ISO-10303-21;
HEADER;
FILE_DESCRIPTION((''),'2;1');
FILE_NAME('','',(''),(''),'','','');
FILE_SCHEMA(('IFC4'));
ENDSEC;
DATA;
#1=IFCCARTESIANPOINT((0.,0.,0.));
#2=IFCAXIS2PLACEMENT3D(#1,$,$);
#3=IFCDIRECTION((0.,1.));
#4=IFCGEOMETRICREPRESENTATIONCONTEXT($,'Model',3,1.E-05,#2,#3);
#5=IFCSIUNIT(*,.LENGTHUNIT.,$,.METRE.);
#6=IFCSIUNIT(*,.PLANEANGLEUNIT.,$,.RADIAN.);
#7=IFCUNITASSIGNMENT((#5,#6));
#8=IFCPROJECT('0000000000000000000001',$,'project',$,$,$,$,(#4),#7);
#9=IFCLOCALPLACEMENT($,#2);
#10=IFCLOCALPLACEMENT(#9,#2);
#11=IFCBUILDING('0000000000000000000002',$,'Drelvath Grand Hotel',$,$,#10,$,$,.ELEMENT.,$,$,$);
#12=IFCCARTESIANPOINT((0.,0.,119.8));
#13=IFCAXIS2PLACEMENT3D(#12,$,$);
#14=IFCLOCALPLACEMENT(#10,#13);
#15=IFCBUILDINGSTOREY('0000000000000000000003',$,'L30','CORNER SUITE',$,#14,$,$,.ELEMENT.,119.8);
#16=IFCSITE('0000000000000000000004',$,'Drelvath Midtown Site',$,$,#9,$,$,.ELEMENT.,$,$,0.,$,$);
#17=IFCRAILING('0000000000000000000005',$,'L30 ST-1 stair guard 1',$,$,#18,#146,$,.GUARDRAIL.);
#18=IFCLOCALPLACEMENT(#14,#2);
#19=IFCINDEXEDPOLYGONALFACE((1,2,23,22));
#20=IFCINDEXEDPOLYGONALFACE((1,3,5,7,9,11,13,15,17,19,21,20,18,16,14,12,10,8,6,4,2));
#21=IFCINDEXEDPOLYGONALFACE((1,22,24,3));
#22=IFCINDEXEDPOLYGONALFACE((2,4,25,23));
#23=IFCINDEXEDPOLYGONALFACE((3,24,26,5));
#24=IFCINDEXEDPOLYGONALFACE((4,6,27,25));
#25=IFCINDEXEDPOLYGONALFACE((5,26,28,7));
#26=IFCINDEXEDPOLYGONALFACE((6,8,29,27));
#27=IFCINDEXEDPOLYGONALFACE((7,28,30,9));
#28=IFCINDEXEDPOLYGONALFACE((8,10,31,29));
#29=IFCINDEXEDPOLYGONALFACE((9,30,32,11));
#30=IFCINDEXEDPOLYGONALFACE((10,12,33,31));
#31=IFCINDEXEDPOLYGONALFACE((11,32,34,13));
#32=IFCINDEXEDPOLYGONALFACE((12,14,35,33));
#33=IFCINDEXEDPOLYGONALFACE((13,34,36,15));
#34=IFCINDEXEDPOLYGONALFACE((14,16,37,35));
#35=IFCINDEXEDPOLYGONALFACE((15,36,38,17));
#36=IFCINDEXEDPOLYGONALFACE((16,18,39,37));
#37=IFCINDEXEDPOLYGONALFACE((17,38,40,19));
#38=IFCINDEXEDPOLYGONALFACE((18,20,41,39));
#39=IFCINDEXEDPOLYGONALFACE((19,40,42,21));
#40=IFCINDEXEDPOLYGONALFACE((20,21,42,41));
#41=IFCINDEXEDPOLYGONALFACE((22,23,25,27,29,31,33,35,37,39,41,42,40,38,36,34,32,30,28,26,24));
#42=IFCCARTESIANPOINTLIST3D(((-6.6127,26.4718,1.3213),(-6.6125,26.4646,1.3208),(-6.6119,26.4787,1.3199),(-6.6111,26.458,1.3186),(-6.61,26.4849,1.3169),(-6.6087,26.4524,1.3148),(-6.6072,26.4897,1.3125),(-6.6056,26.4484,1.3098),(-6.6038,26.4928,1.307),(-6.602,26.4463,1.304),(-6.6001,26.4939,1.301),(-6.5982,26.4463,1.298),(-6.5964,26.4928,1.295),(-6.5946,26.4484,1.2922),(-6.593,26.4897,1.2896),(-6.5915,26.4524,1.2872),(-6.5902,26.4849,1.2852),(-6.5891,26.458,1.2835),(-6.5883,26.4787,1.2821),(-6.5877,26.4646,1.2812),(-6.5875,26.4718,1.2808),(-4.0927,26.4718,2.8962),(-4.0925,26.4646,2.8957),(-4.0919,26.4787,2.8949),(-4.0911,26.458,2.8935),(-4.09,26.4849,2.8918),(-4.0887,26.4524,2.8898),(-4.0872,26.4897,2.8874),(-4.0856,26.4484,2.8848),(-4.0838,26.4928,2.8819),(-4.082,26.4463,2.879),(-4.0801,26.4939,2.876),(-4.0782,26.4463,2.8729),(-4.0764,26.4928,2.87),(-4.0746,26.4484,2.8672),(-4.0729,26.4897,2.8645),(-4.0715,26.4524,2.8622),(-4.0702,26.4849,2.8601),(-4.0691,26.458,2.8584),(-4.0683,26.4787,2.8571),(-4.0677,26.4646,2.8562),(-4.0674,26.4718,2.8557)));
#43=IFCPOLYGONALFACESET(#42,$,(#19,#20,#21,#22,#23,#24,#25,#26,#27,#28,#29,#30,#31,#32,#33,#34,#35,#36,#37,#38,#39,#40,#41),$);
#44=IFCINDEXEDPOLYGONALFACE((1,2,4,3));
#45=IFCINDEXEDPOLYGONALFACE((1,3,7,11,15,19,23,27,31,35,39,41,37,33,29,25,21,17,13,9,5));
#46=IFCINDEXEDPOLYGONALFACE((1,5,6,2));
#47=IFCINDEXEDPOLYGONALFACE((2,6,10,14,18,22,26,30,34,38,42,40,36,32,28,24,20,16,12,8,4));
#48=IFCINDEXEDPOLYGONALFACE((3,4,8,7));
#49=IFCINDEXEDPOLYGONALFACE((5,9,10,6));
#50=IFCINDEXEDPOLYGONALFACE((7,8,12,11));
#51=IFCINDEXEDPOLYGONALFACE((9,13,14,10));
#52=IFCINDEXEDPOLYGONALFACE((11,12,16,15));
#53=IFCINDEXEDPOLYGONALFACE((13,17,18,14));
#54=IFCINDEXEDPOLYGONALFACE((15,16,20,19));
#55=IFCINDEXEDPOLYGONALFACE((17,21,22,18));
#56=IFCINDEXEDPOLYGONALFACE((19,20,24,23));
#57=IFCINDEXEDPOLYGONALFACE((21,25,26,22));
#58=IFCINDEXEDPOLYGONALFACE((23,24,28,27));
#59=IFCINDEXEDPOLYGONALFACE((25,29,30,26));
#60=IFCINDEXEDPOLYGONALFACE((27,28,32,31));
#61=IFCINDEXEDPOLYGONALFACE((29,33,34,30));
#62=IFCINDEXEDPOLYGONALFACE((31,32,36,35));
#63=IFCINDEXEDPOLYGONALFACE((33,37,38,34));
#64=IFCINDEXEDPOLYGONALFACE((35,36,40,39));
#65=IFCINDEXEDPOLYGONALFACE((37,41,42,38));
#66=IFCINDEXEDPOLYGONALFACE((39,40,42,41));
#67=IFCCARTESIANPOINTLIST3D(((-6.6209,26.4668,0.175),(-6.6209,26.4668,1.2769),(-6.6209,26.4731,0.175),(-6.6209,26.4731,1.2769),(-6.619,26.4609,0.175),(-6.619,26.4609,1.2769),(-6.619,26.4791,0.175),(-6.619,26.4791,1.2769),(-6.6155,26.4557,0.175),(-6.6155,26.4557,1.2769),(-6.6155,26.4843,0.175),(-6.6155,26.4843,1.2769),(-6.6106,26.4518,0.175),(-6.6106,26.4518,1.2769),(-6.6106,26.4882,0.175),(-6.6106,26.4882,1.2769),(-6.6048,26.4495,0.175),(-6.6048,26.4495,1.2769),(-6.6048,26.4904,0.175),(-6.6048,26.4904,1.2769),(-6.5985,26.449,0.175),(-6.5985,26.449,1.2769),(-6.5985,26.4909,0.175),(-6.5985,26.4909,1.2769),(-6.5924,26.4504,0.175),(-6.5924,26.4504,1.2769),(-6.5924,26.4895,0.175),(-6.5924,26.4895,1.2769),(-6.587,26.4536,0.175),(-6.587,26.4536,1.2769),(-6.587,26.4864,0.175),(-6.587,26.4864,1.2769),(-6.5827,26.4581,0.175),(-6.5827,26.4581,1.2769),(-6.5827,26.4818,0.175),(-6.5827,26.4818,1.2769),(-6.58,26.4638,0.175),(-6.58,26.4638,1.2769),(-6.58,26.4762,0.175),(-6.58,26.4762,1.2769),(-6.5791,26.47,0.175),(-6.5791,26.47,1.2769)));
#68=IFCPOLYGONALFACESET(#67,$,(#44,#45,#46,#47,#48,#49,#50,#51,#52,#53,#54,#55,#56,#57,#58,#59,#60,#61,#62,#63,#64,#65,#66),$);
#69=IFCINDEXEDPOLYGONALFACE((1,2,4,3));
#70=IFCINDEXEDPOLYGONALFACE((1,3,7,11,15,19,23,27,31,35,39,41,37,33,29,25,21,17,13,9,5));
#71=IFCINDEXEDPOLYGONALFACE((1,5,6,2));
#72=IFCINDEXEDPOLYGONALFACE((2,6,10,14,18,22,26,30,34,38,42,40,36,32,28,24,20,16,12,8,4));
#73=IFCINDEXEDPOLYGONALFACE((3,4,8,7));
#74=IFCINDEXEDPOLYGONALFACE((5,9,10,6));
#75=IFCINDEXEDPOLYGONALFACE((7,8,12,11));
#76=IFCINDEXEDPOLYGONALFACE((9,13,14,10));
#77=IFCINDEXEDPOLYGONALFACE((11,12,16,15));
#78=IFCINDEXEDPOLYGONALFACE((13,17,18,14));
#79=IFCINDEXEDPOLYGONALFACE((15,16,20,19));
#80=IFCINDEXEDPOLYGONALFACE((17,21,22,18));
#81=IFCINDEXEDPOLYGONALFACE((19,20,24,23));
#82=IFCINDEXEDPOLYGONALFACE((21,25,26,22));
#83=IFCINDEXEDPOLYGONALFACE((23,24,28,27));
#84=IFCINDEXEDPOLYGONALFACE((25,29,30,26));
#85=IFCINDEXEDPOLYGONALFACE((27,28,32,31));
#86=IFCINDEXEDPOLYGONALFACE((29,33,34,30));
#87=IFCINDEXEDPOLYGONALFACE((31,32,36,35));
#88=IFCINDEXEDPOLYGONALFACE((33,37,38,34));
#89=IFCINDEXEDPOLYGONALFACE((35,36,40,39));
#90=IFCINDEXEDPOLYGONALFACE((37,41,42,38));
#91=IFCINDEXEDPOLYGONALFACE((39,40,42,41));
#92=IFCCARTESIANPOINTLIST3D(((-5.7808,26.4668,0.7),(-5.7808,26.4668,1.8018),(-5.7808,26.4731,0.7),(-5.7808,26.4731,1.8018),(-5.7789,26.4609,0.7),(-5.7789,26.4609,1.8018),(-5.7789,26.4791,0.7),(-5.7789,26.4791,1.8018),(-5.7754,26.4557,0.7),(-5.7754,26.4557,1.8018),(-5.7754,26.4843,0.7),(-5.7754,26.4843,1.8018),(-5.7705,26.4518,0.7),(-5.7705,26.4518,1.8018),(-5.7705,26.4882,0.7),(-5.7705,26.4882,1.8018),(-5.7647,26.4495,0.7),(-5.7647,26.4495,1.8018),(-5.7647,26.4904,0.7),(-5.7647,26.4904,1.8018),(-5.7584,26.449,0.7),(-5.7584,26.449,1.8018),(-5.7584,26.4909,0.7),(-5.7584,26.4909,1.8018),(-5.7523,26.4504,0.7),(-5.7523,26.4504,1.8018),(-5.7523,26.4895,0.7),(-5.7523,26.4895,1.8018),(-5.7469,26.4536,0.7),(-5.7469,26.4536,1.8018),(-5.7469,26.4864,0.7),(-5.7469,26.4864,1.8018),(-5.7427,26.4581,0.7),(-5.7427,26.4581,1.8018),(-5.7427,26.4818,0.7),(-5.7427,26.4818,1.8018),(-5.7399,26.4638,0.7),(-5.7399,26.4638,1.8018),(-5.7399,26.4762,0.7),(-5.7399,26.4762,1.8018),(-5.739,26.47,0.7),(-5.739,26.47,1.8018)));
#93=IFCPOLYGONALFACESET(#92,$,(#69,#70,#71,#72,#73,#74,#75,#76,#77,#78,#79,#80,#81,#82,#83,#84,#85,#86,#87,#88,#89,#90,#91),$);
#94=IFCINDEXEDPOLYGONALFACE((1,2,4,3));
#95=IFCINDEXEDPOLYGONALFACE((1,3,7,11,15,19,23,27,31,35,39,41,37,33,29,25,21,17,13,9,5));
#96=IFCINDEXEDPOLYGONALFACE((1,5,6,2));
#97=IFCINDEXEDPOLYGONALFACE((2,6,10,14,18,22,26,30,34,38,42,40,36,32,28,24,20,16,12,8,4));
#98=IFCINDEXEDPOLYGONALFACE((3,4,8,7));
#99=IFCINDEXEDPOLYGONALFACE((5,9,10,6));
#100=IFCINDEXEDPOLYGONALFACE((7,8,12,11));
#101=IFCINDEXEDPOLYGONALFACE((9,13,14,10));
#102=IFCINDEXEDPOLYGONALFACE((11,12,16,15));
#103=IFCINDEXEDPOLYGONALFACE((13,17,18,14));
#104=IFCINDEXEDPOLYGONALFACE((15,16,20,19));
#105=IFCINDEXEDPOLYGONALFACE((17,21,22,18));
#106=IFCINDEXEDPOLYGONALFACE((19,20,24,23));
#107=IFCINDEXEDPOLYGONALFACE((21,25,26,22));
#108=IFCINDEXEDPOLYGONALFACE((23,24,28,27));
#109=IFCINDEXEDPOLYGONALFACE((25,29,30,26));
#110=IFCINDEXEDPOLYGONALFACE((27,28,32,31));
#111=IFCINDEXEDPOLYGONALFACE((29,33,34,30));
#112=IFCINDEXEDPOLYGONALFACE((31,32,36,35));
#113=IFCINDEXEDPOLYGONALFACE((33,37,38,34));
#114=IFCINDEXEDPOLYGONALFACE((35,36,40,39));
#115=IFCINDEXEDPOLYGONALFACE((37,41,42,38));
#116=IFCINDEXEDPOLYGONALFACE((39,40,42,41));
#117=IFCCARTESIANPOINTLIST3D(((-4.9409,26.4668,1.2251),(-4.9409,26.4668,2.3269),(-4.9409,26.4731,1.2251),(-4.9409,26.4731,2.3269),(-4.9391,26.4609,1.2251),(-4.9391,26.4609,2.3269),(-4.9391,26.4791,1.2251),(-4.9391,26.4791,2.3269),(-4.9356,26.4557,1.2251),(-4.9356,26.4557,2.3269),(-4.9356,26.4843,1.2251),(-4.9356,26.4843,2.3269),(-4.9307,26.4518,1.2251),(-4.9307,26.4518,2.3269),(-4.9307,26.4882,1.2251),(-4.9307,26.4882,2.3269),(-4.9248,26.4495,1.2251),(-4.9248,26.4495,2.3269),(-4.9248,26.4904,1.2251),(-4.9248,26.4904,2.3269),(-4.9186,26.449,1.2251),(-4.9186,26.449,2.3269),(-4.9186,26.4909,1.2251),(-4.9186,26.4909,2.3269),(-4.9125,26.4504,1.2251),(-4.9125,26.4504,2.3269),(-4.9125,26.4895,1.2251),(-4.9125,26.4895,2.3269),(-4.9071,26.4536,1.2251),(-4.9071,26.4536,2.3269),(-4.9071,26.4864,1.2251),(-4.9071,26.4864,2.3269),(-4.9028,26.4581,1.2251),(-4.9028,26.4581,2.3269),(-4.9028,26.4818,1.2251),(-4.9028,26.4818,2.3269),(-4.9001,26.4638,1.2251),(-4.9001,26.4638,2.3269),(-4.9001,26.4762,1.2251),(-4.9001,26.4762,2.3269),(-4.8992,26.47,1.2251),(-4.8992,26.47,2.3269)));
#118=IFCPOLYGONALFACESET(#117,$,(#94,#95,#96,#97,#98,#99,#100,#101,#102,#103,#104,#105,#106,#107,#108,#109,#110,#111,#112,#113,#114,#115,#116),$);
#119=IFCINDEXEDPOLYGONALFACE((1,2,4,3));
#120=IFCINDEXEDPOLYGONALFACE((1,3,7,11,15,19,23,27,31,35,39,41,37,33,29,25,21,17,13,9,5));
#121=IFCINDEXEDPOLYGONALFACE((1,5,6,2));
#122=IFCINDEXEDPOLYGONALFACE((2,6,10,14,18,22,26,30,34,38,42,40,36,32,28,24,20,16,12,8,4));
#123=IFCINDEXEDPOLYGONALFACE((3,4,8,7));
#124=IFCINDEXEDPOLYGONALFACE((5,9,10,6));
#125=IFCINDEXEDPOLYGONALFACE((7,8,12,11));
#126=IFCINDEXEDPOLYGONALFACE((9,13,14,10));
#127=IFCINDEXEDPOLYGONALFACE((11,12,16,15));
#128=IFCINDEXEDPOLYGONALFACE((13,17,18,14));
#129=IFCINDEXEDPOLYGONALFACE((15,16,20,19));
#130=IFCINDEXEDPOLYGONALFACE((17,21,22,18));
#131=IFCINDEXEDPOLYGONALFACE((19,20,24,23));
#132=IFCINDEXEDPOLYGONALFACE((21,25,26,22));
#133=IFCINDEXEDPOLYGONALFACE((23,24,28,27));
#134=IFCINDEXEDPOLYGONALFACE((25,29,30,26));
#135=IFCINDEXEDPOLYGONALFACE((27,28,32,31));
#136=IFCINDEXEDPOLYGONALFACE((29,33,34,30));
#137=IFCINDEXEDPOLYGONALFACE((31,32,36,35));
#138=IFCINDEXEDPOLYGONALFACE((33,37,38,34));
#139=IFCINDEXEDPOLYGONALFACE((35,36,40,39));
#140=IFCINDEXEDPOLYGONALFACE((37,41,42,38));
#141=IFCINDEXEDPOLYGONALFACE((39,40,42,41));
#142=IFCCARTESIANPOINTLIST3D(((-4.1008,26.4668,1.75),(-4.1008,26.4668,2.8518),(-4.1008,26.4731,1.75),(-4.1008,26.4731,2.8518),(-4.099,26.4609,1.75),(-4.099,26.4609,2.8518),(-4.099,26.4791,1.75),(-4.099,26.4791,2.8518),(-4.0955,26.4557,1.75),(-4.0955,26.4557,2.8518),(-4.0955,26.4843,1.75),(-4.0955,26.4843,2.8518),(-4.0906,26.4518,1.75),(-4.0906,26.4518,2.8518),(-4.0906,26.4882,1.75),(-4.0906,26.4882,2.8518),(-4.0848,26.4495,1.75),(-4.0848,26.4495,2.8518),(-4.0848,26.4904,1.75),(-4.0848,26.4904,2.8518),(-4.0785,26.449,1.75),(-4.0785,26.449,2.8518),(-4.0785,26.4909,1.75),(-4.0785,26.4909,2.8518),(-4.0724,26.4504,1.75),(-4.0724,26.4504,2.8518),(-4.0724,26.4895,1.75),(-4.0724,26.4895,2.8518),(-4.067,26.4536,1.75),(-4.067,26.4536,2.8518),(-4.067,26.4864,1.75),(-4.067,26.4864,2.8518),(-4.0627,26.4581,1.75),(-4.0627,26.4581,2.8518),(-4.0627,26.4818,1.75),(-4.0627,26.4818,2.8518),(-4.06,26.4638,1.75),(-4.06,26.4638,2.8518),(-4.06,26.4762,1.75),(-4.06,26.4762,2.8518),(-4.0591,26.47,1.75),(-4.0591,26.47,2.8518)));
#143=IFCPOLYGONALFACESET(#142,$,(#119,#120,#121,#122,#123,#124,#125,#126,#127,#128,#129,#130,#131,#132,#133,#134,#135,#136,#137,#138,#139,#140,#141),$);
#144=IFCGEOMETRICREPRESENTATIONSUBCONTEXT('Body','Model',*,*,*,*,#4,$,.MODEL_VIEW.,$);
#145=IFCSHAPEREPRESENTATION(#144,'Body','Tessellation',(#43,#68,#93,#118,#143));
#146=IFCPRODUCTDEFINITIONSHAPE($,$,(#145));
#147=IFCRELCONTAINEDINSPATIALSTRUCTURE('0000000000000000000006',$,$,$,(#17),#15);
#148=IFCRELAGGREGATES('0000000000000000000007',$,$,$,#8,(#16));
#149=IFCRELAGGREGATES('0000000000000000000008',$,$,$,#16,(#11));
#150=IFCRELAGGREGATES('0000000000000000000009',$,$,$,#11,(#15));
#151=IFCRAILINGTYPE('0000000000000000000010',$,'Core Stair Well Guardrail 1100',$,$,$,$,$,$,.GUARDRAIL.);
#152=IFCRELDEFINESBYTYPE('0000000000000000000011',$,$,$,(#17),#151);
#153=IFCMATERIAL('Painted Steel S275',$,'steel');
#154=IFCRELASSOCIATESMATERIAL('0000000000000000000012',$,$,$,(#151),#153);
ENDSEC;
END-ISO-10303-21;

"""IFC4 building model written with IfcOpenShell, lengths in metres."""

from ifc_helpers import new_model, si_unit, direction, frame, origin, origin_2d, place, context, subcontext, project, spatial, circle, extrude, material, type_object, element, save


model = new_model("IFC4")

# Units and contexts
model_context = context("Model", 3, precision=1e-05, world=origin(), true_north=direction((0.0, 1.0)))
body_context = subcontext(model_context, "Body", "Model", "MODEL_VIEW")
ifc_project = project(units=[si_unit("LENGTHUNIT", "METRE"), si_unit("PLANEANGLEUNIT", "RADIAN")], contexts=[model_context])

# Site, building, storey
site_placement = place(None, origin())
site = spatial("IfcSite", under=ifc_project, at=site_placement, Name="Drelvath Midtown Site", CompositionType="ELEMENT", RefElevation=0.0)
building_placement = place(site_placement, origin())
building = spatial("IfcBuilding", under=site, at=building_placement, Name="Drelvath Grand Hotel", CompositionType="ELEMENT")
storey_placement = place(building_placement, frame((0.0, 0.0, 119.8)))
storey = spatial("IfcBuildingStorey", under=building, at=storey_placement, Name="L30", Description="CORNER SUITE", CompositionType="ELEMENT", Elevation=119.8)

# Shared definitions
ifc_material_1 = material(Name="Painted Steel S275", Category="steel")

# Railing
railing_type_1 = type_object("IfcRailingType", Name="Core Stair Well Guardrail 1100", PredefinedType="GUARDRAIL", material=ifc_material_1)
railing_1_placement = place(storey_placement, frame((-6.6001, 26.47, 0.175)))
element("IfcRailing", 1, at=railing_1_placement, inside=storey, type_object=railing_type_1, Name="L30 ST-1 stair guard 1", PredefinedType="GUARDRAIL", context=body_context, shape_type="SweptSolid", body=[
    extrude(circle(Radius=0.0239, at=origin_2d()), frame((0.0, 0.0, 1.126), z_axis=(0.848008, 0.0, 0.529984), x_axis=(0.0, 1.0, 0.0)), (0.0, 0.0, 1.0), 2.9717),
    extrude(circle(Radius=0.021, at=origin_2d()), origin(), (0.0, 0.0, 1.0), 1.1018),
    extrude(circle(Radius=0.021, at=origin_2d()), frame((0.8401, 0.0, 0.5249)), (0.0, 0.0, 1.0), 1.1018),
    extrude(circle(Radius=0.021, at=origin_2d()), frame((1.6799, 0.0, 1.05)), (0.0, 0.0, 1.0), 1.1018),
    extrude(circle(Radius=0.021, at=origin_2d()), frame((2.52, 0.0, 1.575)), (0.0, 0.0, 1.0), 1.1018),
])

save(model, "model.ifc")
